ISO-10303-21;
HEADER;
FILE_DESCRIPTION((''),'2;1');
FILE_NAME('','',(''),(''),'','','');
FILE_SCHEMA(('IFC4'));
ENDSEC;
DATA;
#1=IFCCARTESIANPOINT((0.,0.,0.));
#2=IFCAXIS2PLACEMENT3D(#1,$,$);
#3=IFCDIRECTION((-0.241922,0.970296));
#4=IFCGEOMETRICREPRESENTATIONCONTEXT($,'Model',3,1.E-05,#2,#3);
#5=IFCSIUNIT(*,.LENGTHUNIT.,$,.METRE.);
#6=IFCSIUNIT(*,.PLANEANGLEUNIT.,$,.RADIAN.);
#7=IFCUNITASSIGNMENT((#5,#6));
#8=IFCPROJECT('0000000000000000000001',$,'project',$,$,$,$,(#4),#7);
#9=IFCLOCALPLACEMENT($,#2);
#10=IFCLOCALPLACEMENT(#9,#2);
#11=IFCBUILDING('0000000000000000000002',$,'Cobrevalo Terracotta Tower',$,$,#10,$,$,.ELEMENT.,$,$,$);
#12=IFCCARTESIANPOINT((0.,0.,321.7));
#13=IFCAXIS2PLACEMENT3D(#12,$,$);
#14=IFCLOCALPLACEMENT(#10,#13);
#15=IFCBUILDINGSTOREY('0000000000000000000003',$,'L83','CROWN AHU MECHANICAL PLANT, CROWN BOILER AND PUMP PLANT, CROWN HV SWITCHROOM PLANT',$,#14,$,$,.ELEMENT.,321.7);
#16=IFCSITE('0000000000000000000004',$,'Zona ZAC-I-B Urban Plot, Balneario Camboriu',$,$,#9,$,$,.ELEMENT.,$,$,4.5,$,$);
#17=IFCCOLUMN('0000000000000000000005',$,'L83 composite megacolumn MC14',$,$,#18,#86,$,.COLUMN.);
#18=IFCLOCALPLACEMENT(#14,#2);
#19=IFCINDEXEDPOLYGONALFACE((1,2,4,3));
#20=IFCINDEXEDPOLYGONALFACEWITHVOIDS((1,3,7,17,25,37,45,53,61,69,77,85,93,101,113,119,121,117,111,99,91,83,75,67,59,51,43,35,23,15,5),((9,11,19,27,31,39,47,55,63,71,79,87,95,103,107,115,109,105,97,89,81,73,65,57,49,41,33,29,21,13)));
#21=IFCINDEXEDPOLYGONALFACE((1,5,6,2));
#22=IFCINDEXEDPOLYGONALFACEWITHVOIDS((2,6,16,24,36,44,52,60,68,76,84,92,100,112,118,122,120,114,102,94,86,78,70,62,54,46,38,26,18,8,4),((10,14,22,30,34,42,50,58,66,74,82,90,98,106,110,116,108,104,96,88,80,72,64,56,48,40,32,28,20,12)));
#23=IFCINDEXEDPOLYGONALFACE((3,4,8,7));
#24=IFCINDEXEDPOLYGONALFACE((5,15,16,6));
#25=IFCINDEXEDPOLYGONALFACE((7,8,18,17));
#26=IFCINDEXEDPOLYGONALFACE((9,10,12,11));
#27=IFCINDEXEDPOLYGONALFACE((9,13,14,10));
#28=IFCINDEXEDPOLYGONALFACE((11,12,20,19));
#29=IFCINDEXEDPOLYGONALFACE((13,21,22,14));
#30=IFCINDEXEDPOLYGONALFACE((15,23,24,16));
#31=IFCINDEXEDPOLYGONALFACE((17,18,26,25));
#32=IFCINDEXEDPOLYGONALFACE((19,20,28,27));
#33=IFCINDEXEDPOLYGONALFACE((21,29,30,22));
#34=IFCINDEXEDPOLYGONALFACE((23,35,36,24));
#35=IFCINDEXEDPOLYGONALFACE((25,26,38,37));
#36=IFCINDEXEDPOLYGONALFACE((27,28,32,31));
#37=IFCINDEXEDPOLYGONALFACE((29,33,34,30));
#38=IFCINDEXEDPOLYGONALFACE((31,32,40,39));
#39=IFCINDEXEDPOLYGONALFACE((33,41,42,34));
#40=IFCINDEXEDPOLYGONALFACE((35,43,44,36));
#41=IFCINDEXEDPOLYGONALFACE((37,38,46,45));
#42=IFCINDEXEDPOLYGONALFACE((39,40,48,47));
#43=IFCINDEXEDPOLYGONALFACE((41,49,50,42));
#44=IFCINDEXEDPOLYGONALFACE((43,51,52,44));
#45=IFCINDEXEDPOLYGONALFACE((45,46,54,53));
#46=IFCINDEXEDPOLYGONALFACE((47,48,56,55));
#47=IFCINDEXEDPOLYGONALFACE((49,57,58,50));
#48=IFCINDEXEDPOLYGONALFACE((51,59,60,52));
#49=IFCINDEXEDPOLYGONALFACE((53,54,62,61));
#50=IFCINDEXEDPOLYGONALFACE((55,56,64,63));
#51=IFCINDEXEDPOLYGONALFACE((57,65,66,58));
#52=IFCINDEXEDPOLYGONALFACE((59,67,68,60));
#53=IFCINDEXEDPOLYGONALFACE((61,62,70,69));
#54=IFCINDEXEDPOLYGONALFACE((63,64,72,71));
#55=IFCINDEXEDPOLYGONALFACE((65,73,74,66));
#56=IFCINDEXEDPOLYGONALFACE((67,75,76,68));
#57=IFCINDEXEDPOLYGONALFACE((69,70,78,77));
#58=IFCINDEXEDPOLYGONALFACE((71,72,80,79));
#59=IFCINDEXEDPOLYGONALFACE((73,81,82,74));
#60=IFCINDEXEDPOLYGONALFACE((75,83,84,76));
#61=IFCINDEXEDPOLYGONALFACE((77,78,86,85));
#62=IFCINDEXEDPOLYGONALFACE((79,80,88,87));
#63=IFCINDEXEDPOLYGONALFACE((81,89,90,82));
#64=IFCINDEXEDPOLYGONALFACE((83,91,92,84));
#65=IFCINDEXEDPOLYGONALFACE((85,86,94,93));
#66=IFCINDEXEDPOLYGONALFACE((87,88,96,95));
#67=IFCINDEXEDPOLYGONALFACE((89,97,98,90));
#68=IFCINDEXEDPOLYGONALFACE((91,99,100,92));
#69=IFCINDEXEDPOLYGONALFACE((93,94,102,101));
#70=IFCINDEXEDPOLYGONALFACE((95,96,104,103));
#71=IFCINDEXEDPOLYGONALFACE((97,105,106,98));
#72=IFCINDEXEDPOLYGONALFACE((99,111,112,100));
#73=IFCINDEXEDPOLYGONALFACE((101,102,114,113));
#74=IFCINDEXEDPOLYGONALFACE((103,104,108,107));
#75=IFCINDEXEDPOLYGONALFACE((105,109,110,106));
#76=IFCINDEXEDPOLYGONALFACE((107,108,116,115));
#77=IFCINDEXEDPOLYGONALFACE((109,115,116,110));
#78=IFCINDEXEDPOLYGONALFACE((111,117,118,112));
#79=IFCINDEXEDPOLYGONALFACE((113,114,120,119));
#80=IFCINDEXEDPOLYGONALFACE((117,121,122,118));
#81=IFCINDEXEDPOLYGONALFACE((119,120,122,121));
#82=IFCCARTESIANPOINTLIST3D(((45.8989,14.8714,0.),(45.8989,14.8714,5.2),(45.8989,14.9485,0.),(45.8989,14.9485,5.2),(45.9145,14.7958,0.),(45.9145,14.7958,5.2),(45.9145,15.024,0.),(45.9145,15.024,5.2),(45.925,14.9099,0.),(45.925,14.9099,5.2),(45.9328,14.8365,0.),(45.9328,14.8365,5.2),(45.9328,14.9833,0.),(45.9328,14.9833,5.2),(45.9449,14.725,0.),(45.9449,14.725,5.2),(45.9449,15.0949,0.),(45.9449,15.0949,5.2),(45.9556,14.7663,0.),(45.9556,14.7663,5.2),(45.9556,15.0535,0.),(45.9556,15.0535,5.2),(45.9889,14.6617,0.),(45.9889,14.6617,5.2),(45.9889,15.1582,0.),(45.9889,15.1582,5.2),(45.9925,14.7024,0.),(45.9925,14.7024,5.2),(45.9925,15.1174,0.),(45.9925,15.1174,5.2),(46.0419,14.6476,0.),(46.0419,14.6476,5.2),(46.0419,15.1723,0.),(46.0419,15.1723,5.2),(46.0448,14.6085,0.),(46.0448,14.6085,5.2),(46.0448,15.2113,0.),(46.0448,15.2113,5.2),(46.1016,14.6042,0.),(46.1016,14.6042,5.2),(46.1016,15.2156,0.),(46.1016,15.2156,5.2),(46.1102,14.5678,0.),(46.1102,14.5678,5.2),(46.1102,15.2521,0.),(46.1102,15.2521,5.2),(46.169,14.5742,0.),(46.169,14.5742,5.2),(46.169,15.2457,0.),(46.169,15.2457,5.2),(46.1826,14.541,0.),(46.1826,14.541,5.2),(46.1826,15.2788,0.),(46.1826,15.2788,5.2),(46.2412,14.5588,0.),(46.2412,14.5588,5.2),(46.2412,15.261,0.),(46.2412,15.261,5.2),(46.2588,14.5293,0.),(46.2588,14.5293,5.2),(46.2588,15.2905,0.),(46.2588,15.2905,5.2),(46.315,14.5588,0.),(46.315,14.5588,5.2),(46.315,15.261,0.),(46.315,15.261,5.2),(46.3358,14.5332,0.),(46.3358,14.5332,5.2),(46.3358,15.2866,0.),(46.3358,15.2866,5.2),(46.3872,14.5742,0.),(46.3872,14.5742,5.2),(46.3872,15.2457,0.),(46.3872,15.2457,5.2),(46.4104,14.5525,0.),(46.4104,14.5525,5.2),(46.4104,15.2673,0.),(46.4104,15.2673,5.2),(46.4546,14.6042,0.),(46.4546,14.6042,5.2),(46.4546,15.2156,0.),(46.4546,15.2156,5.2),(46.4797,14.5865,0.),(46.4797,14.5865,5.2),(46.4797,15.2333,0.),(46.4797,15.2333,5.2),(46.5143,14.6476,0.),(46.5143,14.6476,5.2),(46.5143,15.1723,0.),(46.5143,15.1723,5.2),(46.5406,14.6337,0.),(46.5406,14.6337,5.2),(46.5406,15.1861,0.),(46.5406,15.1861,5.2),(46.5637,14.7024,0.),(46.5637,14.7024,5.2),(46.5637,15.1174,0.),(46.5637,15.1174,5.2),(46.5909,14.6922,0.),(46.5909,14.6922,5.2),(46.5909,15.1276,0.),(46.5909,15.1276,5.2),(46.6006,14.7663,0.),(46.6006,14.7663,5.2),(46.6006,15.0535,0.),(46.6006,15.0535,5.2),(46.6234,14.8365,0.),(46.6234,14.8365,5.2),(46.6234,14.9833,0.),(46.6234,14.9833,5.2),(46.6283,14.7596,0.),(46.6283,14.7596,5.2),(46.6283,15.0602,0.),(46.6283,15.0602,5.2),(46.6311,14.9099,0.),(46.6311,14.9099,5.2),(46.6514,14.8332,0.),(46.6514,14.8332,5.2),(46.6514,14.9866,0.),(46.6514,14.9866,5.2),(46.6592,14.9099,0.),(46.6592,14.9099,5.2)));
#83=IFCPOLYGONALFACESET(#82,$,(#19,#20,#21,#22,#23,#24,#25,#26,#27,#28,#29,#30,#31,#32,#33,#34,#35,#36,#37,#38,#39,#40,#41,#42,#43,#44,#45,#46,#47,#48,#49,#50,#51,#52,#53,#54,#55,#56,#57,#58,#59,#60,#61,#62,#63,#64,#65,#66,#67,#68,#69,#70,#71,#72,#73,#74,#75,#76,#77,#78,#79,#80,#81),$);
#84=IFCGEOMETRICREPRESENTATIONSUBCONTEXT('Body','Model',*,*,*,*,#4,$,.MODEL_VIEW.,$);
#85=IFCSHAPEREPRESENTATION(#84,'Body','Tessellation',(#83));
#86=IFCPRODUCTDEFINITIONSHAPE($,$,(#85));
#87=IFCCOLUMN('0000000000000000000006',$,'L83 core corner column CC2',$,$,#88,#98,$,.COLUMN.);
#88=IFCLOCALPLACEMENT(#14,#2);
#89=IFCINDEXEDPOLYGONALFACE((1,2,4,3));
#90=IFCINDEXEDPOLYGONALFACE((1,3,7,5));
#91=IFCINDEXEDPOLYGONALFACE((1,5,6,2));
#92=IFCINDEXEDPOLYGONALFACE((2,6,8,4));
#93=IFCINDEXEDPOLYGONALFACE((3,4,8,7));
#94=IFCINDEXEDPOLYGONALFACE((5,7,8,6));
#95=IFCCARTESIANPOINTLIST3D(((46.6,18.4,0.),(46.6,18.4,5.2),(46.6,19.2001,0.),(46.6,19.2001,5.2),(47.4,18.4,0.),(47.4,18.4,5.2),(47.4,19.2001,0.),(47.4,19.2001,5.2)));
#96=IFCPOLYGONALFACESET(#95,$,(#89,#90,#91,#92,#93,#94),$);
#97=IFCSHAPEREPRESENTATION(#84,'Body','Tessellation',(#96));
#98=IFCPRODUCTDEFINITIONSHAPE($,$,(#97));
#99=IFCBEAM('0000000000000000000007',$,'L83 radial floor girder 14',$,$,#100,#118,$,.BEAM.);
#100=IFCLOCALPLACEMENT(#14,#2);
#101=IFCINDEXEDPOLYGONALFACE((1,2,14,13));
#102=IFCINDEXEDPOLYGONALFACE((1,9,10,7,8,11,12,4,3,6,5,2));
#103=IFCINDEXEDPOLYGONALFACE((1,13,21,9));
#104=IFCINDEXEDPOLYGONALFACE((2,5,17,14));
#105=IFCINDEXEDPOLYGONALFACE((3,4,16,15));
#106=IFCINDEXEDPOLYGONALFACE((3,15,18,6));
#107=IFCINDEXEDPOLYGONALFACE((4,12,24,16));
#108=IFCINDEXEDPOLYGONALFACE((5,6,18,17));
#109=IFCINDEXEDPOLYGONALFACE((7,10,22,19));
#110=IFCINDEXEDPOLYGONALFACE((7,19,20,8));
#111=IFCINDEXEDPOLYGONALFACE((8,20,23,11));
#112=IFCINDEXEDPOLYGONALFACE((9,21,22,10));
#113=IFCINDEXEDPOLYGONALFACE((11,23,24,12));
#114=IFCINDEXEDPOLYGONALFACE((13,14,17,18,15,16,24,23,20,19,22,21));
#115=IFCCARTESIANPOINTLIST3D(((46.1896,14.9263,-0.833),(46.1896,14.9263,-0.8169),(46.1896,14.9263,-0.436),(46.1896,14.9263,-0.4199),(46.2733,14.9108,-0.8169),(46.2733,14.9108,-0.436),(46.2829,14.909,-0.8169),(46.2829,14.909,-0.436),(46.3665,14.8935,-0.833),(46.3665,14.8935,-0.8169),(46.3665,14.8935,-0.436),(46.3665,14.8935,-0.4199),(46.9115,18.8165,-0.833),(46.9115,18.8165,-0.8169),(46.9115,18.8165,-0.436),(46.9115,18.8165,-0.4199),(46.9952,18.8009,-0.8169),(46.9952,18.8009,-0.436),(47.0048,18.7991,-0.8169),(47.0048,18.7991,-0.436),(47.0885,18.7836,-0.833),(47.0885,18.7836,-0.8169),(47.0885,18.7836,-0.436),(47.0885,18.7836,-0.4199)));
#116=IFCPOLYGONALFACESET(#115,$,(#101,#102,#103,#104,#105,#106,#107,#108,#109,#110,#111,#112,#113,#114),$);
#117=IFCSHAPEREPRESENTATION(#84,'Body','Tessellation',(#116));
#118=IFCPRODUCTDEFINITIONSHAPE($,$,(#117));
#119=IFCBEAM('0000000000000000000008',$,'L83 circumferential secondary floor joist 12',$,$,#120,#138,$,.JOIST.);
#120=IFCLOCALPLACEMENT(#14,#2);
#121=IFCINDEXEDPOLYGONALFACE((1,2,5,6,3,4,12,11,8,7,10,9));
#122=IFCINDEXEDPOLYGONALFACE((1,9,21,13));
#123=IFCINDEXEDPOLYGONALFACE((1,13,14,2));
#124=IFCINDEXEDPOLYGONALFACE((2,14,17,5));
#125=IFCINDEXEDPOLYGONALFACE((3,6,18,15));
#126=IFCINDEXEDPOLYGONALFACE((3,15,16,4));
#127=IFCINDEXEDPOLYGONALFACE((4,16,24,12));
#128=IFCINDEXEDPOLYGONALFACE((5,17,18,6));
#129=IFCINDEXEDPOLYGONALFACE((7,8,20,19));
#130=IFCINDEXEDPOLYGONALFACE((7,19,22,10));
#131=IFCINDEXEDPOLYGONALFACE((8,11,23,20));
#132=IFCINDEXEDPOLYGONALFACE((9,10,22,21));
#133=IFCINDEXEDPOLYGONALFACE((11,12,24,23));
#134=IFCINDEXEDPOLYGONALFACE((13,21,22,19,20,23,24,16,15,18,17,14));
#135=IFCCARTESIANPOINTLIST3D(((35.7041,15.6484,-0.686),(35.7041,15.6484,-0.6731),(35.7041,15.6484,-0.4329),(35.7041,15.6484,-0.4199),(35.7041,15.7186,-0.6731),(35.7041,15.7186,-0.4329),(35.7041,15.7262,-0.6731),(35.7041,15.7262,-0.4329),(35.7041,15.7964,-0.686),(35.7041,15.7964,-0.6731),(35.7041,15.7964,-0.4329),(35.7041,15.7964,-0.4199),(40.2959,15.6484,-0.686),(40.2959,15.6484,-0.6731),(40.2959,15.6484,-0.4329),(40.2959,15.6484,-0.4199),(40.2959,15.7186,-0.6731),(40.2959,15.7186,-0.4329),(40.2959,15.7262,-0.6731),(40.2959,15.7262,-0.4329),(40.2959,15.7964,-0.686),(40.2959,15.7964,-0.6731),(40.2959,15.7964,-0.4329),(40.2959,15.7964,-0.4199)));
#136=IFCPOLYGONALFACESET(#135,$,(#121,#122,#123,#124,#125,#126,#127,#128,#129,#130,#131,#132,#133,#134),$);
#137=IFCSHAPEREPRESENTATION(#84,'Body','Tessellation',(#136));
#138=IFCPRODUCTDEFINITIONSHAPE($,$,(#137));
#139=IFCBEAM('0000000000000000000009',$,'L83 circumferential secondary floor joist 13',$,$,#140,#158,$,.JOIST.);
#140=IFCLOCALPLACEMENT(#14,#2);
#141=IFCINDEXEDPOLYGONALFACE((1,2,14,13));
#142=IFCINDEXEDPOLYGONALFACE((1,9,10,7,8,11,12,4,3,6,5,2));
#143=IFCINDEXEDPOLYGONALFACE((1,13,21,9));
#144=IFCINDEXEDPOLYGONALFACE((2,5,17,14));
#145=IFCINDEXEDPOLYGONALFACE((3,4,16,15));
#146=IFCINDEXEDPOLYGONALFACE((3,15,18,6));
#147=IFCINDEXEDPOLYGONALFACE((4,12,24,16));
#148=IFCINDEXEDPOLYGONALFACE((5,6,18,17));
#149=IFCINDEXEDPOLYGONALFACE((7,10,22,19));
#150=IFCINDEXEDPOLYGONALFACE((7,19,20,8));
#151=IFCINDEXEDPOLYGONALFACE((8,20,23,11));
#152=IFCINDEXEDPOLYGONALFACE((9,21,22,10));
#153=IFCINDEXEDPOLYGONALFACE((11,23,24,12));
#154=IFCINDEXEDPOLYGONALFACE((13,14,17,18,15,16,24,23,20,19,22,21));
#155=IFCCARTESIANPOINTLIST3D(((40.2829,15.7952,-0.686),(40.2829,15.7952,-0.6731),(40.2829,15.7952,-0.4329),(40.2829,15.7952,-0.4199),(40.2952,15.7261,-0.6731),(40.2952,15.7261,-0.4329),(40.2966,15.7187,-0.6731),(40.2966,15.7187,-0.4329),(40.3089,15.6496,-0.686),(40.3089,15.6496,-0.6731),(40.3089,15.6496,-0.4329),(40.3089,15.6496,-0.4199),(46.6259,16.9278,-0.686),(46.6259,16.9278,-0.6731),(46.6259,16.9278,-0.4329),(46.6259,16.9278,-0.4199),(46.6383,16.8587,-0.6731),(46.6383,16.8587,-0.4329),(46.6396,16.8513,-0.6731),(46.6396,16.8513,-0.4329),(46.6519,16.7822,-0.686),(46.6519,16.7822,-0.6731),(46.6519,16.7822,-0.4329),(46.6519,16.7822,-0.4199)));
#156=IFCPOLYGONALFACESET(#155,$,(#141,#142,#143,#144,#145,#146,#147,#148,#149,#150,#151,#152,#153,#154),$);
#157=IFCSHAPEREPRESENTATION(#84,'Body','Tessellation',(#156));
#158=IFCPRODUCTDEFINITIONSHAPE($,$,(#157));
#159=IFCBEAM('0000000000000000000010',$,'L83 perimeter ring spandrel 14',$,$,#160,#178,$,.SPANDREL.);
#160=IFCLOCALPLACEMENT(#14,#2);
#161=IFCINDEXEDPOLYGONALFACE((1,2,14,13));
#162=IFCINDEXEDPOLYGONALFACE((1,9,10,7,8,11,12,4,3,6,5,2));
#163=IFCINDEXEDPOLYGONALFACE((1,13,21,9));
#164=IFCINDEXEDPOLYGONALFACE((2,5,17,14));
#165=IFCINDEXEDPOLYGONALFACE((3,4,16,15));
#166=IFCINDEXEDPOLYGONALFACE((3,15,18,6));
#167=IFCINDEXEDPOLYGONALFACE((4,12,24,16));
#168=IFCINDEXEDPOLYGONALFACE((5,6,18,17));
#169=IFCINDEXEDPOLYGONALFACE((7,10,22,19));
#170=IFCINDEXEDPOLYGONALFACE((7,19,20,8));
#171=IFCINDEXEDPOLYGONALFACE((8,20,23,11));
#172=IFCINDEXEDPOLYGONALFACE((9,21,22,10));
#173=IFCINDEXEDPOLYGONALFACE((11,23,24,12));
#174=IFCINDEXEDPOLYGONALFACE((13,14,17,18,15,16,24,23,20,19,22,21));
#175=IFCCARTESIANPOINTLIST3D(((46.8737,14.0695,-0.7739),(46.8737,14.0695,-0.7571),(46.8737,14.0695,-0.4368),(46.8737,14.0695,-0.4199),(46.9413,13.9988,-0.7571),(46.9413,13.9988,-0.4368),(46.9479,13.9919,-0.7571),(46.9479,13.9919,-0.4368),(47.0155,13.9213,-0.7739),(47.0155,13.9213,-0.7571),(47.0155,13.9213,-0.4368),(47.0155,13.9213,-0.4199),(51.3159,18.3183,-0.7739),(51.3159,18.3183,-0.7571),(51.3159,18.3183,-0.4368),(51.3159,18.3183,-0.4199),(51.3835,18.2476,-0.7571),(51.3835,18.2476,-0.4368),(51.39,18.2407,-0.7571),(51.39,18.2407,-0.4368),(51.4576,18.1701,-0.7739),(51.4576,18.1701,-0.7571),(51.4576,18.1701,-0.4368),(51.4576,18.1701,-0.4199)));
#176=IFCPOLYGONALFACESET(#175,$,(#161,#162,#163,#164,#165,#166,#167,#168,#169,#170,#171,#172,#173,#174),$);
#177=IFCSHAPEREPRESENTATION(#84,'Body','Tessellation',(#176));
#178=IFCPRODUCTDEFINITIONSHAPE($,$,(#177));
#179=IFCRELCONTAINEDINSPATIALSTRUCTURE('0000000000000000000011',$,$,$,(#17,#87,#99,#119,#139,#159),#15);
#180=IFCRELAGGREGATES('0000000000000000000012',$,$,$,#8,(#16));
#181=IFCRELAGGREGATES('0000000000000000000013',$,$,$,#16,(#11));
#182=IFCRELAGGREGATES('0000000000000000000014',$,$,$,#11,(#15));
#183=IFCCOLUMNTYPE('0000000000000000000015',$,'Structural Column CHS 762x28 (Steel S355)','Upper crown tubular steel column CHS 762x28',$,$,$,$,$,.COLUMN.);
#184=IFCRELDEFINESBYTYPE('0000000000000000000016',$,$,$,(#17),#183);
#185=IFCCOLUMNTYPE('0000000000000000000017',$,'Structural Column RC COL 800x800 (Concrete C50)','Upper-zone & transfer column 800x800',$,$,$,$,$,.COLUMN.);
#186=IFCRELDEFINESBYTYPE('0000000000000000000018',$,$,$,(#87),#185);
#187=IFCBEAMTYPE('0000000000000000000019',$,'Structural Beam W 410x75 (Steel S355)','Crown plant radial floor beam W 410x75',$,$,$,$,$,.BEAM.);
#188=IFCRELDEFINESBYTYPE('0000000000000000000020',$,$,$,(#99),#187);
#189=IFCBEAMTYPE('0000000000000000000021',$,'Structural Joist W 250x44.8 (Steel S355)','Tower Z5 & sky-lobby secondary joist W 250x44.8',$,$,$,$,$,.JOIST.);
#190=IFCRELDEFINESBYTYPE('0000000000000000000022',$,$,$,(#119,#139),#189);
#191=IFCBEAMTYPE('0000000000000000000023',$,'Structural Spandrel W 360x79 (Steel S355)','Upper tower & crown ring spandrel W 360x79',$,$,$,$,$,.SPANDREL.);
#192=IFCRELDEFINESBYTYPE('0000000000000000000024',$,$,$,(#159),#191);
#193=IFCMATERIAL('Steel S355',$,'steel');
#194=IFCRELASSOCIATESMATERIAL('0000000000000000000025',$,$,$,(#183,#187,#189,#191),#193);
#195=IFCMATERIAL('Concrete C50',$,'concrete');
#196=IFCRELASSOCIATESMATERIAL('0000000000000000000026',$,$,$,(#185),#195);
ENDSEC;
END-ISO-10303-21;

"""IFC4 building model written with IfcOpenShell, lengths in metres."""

from ifc_helpers import new_model, si_unit, direction, frame, origin, origin_2d, place, context, subcontext, project, spatial, rectangle, hollow_circle, i_section, extrude, material, material_profile, profile_set, type_object, element, save


model = new_model("IFC4")

# Units and contexts
model_context = context("Model", 3, precision=1e-05, world=origin(), true_north=direction((-0.241922, 0.970296)))
body_context = subcontext(model_context, "Body", "Model", "MODEL_VIEW")
ifc_project = project(units=[si_unit("LENGTHUNIT", "METRE"), si_unit("PLANEANGLEUNIT", "RADIAN")], contexts=[model_context])

# Site, building, storey
site_placement = place(None, origin())
site = spatial("IfcSite", under=ifc_project, at=site_placement, Name="Zona ZAC-I-B Urban Plot, Balneario Camboriu", CompositionType="ELEMENT", RefElevation=4.5)
building_placement = place(site_placement, origin())
building = spatial("IfcBuilding", under=site, at=building_placement, Name="Cobrevalo Terracotta Tower", CompositionType="ELEMENT")
storey_placement = place(building_placement, frame((0.0, 0.0, 321.7)))
storey = spatial("IfcBuildingStorey", under=building, at=storey_placement, Name="L83", Description="CROWN AHU MECHANICAL PLANT, CROWN BOILER AND PUMP PLANT, CROWN HV SWITCHROOM PLANT", CompositionType="ELEMENT", Elevation=321.7)

# Columns
ifc_material_1 = material(Name="Steel S355", Category="steel")
ifc_material_profile_1 = material_profile(ifc_material_1, hollow_circle(Radius=0.3811, WallThickness=0.0281, at=origin_2d()), Name="CHS 762x28")
ifc_profile_set_1 = profile_set([ifc_material_profile_1], Name="Steel S355")
column_type_1 = type_object("IfcColumnType", Name="Structural Column CHS 762x28 (Steel S355)", Description="Upper crown tubular steel column CHS 762x28", PredefinedType="COLUMN", material=ifc_profile_set_1)
column_1_placement = place(storey_placement, frame((46.2781, 14.9099, 0.0), z_axis=(0.0, 0.0, 1.0), x_axis=(1.0, 0.0, 0.0)))
element("IfcColumn", 1, at=column_1_placement, inside=storey, type_object=column_type_1, Name="L83 composite megacolumn MC14", PredefinedType="COLUMN", context=body_context, shape_type="SweptSolid", body=[
    extrude(hollow_circle(Radius=0.3811, WallThickness=0.0281, at=origin_2d()), origin(), (0.0, 0.0, 1.0), 5.2),
])
ifc_material_2 = material(Name="Concrete C50", Category="concrete")
ifc_material_profile_2 = material_profile(ifc_material_2, rectangle(XDim=0.8, YDim=0.8, at=origin_2d()), Name="RC COL 800x800")
ifc_profile_set_2 = profile_set([ifc_material_profile_2], Name="Concrete C50")
column_type_2 = type_object("IfcColumnType", Name="Structural Column RC COL 800x800 (Concrete C50)", Description="Upper-zone & transfer column 800x800", PredefinedType="COLUMN", material=ifc_profile_set_2)
column_2_placement = place(storey_placement, frame((47.0, 18.8, 0.0), z_axis=(0.0, 0.0, 1.0), x_axis=(1.0, 0.0, 0.0)))
element("IfcColumn", 2, at=column_2_placement, inside=storey, type_object=column_type_2, Name="L83 core corner column CC2", PredefinedType="COLUMN", context=body_context, shape_type="SweptSolid", body=[
    extrude(rectangle(XDim=0.8, YDim=0.8, at=origin_2d()), origin(), (0.0, 0.0, 1.0), 5.2),
])

# Beams
ifc_material_profile_3 = material_profile(ifc_material_1, i_section(OverallWidth=0.1799, OverallDepth=0.4131, WebThickness=0.0098, FlangeThickness=0.0161, at=origin_2d()), Name="W 410x75")
ifc_profile_set_3 = profile_set([ifc_material_profile_3], Name="Steel S355")
beam_type_1 = type_object("IfcBeamType", Name="Structural Beam W 410x75 (Steel S355)", Description="Crown plant radial floor beam W 410x75", PredefinedType="BEAM", material=ifc_profile_set_3)
beam_1_placement = place(storey_placement, frame((46.2781, 14.9099, -0.6265), z_axis=(0.182463, 0.983213, 0.0), x_axis=(-0.983213, 0.182463, 0.0)))
element("IfcBeam", 3, at=beam_1_placement, inside=storey, type_object=beam_type_1, Name="L83 radial floor girder 14", PredefinedType="BEAM", context=body_context, shape_type="SweptSolid", body=[
    extrude(i_section(OverallWidth=0.1799, OverallDepth=0.4131, WebThickness=0.0098, FlangeThickness=0.0161, at=origin_2d()), origin(), (0.0, 0.0, 1.0), 3.9565),
])
ifc_material_profile_4 = material_profile(ifc_material_1, i_section(OverallWidth=0.1479, OverallDepth=0.2661, WebThickness=0.0076, FlangeThickness=0.0129, at=origin_2d()), Name="W 250x44.8")
ifc_profile_set_4 = profile_set([ifc_material_profile_4], Name="Steel S355")
beam_type_2 = type_object("IfcBeamType", Name="Structural Joist W 250x44.8 (Steel S355)", Description="Tower Z5 & sky-lobby secondary joist W 250x44.8", PredefinedType="JOIST", material=ifc_profile_set_4)
beam_2_placement = place(storey_placement, frame((35.7041, 15.7224, -0.553), z_axis=(1.0, 0.0, 0.0), x_axis=(0.0, 1.0, 0.0)))
element("IfcBeam", 4, at=beam_2_placement, inside=storey, type_object=beam_type_2, Name="L83 circumferential secondary floor joist 12", PredefinedType="JOIST", context=body_context, shape_type="SweptSolid", body=[
    extrude(i_section(OverallWidth=0.1479, OverallDepth=0.2661, WebThickness=0.0076, FlangeThickness=0.0129, at=origin_2d()), origin(), (0.0, 0.0, 1.0), 4.5918),
])
beam_3_placement = place(storey_placement, frame((40.2959, 15.7224, -0.553), z_axis=(0.984431, 0.175774, 0.0), x_axis=(-0.175774, 0.984431, 0.0)))
element("IfcBeam", 5, at=beam_3_placement, inside=storey, type_object=beam_type_2, Name="L83 circumferential secondary floor joist 13", PredefinedType="JOIST", context=body_context, shape_type="SweptSolid", body=[
    extrude(i_section(OverallWidth=0.1479, OverallDepth=0.2661, WebThickness=0.0076, FlangeThickness=0.0129, at=origin_2d()), origin(), (0.0, 0.0, 1.0), 6.4434),
])
ifc_material_profile_5 = material_profile(ifc_material_1, i_section(OverallWidth=0.2051, OverallDepth=0.354, WebThickness=0.0095, FlangeThickness=0.0168, at=origin_2d()), Name="W 360x79")
ifc_profile_set_5 = profile_set([ifc_material_profile_5], Name="Steel S355")
beam_type_3 = type_object("IfcBeamType", Name="Structural Spandrel W 360x79 (Steel S355)", Description="Upper tower & crown ring spandrel W 360x79", PredefinedType="SPANDREL", material=ifc_profile_set_5)
beam_4_placement = place(storey_placement, frame((46.9446, 13.9954, -0.5969), z_axis=(0.72266, 0.691204, 0.0), x_axis=(-0.691204, 0.72266, 0.0)))
element("IfcBeam", 6, at=beam_4_placement, inside=storey, type_object=beam_type_3, Name="L83 perimeter ring spandrel 14", PredefinedType="SPANDREL", context=body_context, shape_type="SweptSolid", body=[
    extrude(i_section(OverallWidth=0.2051, OverallDepth=0.354, WebThickness=0.0095, FlangeThickness=0.0168, at=origin_2d()), origin(), (0.0, 0.0, 1.0), 6.147),
])

save(model, "model.ifc")
